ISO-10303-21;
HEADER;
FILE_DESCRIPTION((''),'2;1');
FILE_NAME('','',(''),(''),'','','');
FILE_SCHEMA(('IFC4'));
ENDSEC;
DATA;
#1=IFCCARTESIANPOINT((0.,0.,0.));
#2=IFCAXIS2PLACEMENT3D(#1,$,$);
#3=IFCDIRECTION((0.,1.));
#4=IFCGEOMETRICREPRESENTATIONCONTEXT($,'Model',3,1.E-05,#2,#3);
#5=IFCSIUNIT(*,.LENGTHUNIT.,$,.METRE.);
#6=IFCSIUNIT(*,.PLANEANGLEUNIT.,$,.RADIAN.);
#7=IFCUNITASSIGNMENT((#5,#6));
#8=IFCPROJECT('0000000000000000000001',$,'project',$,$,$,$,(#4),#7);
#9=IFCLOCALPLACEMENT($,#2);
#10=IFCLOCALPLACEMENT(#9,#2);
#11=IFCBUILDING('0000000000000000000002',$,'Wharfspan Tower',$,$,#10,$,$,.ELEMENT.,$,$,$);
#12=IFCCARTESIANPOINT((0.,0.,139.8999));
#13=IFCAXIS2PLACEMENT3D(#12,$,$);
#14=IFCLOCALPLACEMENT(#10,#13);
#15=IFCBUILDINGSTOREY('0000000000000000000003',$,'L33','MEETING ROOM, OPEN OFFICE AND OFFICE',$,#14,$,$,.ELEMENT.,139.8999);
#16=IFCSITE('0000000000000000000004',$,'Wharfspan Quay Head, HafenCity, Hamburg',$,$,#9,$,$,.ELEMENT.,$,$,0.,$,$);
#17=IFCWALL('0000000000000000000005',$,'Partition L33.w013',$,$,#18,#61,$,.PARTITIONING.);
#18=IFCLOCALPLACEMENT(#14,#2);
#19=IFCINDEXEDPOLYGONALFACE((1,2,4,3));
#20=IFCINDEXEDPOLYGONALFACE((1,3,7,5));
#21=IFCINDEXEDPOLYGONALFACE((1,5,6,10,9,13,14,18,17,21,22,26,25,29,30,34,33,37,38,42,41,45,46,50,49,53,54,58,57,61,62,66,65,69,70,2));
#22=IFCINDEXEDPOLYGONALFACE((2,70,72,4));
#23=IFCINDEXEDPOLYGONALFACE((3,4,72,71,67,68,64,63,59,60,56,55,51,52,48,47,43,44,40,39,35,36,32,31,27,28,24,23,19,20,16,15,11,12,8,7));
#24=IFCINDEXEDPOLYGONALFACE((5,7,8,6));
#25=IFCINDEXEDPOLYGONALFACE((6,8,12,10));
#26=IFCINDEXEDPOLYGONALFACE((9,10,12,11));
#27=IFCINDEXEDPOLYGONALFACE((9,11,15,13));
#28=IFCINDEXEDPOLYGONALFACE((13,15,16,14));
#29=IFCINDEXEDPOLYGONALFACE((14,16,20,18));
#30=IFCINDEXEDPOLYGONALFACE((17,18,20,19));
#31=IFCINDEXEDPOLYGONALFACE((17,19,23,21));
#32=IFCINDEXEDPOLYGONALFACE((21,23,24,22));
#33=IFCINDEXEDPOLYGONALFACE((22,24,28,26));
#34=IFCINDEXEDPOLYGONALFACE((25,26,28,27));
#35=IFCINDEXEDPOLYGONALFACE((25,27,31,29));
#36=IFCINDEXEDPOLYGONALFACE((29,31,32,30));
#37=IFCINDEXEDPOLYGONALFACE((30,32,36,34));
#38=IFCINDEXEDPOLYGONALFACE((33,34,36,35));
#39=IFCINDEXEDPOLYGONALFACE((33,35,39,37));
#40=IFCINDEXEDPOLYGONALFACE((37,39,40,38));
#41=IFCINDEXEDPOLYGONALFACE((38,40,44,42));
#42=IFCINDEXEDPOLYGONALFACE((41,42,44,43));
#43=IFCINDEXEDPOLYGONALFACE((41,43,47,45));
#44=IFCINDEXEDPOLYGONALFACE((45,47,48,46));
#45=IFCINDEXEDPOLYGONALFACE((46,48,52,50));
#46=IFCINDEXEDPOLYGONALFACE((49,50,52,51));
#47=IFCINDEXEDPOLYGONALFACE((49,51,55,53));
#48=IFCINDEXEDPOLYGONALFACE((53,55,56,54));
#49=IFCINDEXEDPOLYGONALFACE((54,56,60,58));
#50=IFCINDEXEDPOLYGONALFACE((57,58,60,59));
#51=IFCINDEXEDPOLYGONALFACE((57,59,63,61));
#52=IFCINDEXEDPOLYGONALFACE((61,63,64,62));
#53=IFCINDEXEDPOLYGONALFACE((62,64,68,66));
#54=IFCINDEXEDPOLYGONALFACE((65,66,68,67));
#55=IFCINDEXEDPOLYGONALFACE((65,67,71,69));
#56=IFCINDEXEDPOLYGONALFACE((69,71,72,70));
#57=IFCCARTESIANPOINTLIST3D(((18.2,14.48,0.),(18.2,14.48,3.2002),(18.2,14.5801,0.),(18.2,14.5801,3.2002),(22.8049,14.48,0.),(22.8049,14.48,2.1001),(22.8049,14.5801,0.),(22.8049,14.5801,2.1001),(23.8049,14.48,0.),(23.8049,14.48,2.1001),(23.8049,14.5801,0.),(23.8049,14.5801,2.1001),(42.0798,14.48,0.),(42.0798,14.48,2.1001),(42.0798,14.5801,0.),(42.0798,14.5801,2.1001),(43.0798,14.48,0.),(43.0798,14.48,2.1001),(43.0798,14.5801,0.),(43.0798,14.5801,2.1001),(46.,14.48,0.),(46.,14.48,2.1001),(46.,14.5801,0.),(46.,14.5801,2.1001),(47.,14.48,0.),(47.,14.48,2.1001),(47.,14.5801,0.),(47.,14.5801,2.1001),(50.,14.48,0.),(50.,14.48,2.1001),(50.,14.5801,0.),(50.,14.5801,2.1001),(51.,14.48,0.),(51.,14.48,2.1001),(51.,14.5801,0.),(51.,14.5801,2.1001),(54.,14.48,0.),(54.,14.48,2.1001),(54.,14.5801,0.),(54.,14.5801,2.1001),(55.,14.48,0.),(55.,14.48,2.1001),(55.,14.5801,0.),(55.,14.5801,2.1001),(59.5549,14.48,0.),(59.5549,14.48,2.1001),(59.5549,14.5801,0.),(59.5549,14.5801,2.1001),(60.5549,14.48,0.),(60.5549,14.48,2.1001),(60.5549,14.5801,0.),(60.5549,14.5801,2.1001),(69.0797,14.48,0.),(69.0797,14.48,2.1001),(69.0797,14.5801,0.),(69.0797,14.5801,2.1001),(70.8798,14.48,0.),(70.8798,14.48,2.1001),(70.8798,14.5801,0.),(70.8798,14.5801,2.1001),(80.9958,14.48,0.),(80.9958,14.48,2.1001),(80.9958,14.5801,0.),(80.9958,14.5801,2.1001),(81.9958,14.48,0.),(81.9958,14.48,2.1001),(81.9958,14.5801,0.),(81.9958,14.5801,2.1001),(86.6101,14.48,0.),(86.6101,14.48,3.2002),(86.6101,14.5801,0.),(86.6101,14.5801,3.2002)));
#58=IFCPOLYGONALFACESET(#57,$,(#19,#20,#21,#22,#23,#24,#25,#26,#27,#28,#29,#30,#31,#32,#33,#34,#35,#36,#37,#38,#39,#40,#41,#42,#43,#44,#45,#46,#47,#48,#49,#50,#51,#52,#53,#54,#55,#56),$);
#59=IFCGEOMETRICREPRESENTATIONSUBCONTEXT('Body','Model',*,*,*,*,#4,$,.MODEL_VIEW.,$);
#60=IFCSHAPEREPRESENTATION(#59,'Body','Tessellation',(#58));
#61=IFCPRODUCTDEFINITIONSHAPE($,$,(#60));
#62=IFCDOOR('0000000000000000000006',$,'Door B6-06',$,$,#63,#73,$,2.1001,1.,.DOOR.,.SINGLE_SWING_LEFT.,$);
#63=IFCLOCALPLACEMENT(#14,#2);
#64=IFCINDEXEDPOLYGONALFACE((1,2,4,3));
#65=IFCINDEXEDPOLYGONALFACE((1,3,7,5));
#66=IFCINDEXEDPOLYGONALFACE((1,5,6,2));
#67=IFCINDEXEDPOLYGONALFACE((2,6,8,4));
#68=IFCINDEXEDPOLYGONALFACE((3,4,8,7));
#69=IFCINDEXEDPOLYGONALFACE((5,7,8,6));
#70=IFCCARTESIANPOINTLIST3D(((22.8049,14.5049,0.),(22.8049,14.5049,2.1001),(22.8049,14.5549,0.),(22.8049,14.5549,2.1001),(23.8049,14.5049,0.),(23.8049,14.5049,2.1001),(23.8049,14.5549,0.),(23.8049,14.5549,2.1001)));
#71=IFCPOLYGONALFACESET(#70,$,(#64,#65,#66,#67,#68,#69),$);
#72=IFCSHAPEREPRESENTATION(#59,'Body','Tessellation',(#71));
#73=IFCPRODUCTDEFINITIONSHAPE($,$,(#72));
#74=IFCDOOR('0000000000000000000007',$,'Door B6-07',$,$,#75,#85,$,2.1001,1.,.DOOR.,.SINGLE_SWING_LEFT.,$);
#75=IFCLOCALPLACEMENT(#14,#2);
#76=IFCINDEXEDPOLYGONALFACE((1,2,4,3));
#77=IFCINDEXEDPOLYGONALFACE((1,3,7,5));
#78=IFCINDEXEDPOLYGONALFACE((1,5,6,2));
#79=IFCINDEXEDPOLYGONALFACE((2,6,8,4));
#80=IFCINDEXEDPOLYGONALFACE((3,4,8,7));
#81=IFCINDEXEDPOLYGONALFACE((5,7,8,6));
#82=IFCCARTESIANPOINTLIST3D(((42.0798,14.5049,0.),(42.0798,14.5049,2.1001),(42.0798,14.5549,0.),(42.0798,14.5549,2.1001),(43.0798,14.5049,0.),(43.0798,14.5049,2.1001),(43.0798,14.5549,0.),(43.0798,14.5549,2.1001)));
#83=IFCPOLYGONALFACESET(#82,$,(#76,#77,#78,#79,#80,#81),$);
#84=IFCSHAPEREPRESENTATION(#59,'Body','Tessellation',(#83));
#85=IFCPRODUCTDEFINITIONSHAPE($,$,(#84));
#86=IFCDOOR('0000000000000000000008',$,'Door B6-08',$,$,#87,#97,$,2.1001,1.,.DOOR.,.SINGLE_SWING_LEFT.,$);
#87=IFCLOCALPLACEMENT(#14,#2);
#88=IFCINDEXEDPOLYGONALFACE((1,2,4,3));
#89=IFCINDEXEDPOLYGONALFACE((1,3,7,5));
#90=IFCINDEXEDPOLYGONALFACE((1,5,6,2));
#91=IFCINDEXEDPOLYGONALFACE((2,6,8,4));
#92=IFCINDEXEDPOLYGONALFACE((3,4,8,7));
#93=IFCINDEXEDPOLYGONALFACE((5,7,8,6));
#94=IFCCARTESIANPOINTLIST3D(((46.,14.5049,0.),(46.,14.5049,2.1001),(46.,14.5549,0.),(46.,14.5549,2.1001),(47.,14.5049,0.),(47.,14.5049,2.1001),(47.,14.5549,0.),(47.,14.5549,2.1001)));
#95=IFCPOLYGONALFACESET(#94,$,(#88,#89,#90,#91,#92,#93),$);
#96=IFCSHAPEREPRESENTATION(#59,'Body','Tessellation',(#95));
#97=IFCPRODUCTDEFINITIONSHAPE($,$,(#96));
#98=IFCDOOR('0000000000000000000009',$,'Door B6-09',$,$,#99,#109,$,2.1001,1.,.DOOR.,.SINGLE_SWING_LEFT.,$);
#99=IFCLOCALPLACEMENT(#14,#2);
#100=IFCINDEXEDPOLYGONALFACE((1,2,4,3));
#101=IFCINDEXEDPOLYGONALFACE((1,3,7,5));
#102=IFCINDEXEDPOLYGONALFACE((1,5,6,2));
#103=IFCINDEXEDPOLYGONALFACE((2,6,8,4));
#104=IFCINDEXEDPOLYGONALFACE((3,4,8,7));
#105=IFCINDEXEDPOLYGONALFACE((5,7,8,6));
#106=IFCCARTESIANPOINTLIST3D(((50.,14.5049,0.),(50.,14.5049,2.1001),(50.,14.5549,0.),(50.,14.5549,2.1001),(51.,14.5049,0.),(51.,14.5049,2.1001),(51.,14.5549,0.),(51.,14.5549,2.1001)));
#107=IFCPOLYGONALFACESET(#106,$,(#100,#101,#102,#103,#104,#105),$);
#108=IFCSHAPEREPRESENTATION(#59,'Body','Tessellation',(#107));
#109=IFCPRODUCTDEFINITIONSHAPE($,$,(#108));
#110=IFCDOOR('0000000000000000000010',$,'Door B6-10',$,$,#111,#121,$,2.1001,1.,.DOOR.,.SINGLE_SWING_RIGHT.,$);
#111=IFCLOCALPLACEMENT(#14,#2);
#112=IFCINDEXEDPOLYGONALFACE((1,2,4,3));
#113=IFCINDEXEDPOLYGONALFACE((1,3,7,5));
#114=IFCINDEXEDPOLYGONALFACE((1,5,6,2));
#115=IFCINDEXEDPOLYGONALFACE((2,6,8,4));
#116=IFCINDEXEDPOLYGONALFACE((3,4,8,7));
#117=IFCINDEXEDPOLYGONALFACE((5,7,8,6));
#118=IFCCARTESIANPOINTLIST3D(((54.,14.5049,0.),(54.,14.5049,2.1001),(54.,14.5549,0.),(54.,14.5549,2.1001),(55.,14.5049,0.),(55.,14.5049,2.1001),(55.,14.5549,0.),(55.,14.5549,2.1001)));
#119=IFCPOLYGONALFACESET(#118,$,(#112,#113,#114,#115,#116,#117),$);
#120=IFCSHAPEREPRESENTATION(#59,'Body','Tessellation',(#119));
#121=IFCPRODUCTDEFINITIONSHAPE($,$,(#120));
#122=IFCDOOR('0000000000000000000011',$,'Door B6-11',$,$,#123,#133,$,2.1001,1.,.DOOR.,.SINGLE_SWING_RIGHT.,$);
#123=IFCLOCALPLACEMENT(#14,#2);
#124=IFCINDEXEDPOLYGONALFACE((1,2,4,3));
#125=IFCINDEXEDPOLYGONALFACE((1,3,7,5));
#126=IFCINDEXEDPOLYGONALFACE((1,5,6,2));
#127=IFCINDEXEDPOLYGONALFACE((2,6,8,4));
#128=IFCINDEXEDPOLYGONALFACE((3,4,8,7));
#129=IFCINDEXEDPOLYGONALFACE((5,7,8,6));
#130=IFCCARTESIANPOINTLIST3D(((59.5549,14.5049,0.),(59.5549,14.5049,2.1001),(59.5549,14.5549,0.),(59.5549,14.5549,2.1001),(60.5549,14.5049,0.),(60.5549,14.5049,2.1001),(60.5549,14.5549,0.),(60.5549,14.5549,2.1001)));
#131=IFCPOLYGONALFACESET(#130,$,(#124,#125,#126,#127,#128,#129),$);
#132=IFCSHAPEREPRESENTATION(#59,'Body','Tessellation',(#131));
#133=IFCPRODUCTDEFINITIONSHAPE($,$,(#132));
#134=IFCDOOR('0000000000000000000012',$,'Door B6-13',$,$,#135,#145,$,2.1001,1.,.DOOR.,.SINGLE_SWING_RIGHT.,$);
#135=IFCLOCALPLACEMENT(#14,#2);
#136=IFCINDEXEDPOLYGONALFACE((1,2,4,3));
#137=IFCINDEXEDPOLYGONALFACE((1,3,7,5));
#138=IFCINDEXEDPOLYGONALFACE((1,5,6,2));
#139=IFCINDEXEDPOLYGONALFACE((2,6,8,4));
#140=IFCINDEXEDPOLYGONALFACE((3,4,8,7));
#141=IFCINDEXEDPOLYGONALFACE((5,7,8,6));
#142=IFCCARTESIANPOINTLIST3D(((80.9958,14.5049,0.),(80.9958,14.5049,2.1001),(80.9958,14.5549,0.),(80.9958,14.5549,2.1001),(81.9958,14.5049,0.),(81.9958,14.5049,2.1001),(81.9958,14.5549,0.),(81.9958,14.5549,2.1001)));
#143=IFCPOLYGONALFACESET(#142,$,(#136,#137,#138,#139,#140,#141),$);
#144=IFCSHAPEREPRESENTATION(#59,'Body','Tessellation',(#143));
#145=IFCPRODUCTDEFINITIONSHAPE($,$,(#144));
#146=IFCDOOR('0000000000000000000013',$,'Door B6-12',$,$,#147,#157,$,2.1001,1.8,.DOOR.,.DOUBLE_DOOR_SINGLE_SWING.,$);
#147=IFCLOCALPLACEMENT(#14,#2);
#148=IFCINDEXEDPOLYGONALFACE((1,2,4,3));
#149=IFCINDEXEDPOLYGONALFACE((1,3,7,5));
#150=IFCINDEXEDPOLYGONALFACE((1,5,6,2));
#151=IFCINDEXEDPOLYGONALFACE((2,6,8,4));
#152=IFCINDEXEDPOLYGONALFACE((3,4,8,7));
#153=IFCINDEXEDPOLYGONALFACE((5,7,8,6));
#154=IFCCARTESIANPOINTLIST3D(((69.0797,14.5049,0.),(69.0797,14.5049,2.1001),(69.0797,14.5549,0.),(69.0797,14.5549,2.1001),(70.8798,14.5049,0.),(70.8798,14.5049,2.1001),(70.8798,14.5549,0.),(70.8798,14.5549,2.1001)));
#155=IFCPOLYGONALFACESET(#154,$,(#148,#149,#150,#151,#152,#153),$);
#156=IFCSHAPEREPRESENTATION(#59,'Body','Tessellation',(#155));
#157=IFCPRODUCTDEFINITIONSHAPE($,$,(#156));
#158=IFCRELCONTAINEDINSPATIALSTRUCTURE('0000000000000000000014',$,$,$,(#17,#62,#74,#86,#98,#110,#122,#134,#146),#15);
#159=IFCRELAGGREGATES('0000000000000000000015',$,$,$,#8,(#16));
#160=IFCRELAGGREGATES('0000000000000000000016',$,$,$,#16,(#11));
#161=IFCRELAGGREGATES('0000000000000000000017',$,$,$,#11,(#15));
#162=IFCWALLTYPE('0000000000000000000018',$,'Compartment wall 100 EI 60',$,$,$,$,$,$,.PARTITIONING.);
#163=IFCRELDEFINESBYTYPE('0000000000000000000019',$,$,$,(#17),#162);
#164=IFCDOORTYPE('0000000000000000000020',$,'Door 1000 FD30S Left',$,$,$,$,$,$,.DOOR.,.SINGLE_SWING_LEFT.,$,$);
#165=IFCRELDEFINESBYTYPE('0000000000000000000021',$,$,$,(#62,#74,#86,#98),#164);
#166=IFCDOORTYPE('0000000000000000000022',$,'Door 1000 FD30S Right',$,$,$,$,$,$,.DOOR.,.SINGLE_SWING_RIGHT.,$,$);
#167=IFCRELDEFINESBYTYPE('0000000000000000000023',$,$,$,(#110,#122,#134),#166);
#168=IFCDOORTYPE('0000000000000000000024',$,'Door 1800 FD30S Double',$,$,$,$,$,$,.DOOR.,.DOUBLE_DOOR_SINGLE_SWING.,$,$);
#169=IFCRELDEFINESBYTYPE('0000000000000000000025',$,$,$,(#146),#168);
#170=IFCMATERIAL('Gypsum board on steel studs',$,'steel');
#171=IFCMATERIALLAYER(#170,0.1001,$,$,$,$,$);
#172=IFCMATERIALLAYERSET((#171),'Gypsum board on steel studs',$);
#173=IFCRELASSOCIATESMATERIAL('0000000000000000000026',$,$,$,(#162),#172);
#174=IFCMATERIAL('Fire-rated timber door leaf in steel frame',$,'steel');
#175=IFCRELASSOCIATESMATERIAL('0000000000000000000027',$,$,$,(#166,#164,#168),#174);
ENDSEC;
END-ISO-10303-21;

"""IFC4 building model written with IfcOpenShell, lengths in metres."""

from ifc_helpers import new_model, si_unit, direction, frame, frame_2d, origin, place, context, subcontext, project, spatial, rectangle, extrude, material, layer, layer_set, type_object, element, fill, save


model = new_model("IFC4")

# Units and contexts
model_context = context("Model", 3, precision=1e-05, world=origin(), true_north=direction((0.0, 1.0)))
body_context = subcontext(model_context, "Body", "Model", "MODEL_VIEW")
ifc_project = project(units=[si_unit("LENGTHUNIT", "METRE"), si_unit("PLANEANGLEUNIT", "RADIAN")], contexts=[model_context])

# Site, building, storey
site_placement = place(None, origin())
site = spatial("IfcSite", under=ifc_project, at=site_placement, Name="Wharfspan Quay Head, HafenCity, Hamburg", CompositionType="ELEMENT", RefElevation=0.0)
building_placement = place(site_placement, origin())
building = spatial("IfcBuilding", under=site, at=building_placement, Name="Wharfspan Tower", CompositionType="ELEMENT")
storey_placement = place(building_placement, frame((0.0, 0.0, 139.8999)))
storey = spatial("IfcBuildingStorey", under=building, at=storey_placement, Name="L33", Description="MEETING ROOM, OPEN OFFICE AND OFFICE", CompositionType="ELEMENT", Elevation=139.8999)

# Shared definitions
ifc_material_1 = material(Name="Gypsum board on steel studs", Category="steel")
ifc_layer_1 = layer(ifc_material_1, 0.1001)
ifc_layer_set_1 = layer_set([ifc_layer_1], Name="Gypsum board on steel studs")
wall_type_1 = type_object("IfcWallType", Name="Compartment wall 100 EI 60", PredefinedType="PARTITIONING", material=ifc_layer_set_1)

# Shared definitions
ifc_material_2 = material(Name="Fire-rated timber door leaf in steel frame", Category="steel")
door_type_1 = type_object("IfcDoorType", Name="Door 1000 FD30S Right", OperationType="SINGLE_SWING_RIGHT", PredefinedType="DOOR", material=ifc_material_2)

# Wall, openings, doors
wall_1_placement = place(storey_placement, frame((18.2, 14.53, 0.0), z_axis=(0.0, 0.0, 1.0), x_axis=(1.0, 0.0, 0.0)))
wall_1 = element("IfcWall", 1, at=wall_1_placement, inside=storey, type_object=wall_type_1, Name="Partition L33.w013", PredefinedType="PARTITIONING", context=body_context, shape_type="SweptSolid", body=[
    extrude(rectangle(XDim=68.4102, YDim=0.1001, at=frame_2d((34.2051, 0.0))), origin(), (0.0, 0.0, 1.0), 3.2002),
])
opening_1_placement = place(wall_1_placement, frame((4.605, 0.0, 0.0)))
opening_1 = element("IfcOpeningElement", 2, at=opening_1_placement, cuts=wall_1, PredefinedType="OPENING", context=body_context, shape_type="SweptSolid", body=[
    extrude(rectangle(XDim=1.0, YDim=2.1001, at=frame_2d((0.5, 1.05))), frame((0.0, 0.0601, 0.0), z_axis=(0.0, -1.0, 0.0), x_axis=(1.0, 0.0, 0.0)), (0.0, 0.0, 1.0), 0.1201),
])
opening_2_placement = place(wall_1_placement, frame((23.8799, 0.0, 0.0)))
opening_2 = element("IfcOpeningElement", 3, at=opening_2_placement, cuts=wall_1, PredefinedType="OPENING", context=body_context, shape_type="SweptSolid", body=[
    extrude(rectangle(XDim=1.0, YDim=2.1001, at=frame_2d((0.5, 1.05))), frame((0.0, 0.0601, 0.0), z_axis=(0.0, -1.0, 0.0), x_axis=(1.0, 0.0, 0.0)), (0.0, 0.0, 1.0), 0.1201),
])
opening_3_placement = place(wall_1_placement, frame((27.8, 0.0, 0.0)))
opening_3 = element("IfcOpeningElement", 4, at=opening_3_placement, cuts=wall_1, PredefinedType="OPENING", context=body_context, shape_type="SweptSolid", body=[
    extrude(rectangle(XDim=1.0, YDim=2.1001, at=frame_2d((0.5, 1.05))), frame((0.0, 0.0601, 0.0), z_axis=(0.0, -1.0, 0.0), x_axis=(1.0, 0.0, 0.0)), (0.0, 0.0, 1.0), 0.1201),
])
opening_4_placement = place(wall_1_placement, frame((31.8, 0.0, 0.0)))
opening_4 = element("IfcOpeningElement", 5, at=opening_4_placement, cuts=wall_1, PredefinedType="OPENING", context=body_context, shape_type="SweptSolid", body=[
    extrude(rectangle(XDim=1.0, YDim=2.1001, at=frame_2d((0.5, 1.05))), frame((0.0, 0.0601, 0.0), z_axis=(0.0, -1.0, 0.0), x_axis=(1.0, 0.0, 0.0)), (0.0, 0.0, 1.0), 0.1201),
])
opening_5_placement = place(wall_1_placement, frame((35.8, 0.0, 0.0)))
opening_5 = element("IfcOpeningElement", 6, at=opening_5_placement, cuts=wall_1, PredefinedType="OPENING", context=body_context, shape_type="SweptSolid", body=[
    extrude(rectangle(XDim=1.0, YDim=2.1001, at=frame_2d((0.5, 1.05))), frame((0.0, 0.0601, 0.0), z_axis=(0.0, -1.0, 0.0), x_axis=(1.0, 0.0, 0.0)), (0.0, 0.0, 1.0), 0.1201),
])
opening_6_placement = place(wall_1_placement, frame((41.355, 0.0, 0.0)))
opening_6 = element("IfcOpeningElement", 7, at=opening_6_placement, cuts=wall_1, PredefinedType="OPENING", context=body_context, shape_type="SweptSolid", body=[
    extrude(rectangle(XDim=1.0, YDim=2.1001, at=frame_2d((0.5, 1.05))), frame((0.0, 0.0601, 0.0), z_axis=(0.0, -1.0, 0.0), x_axis=(1.0, 0.0, 0.0)), (0.0, 0.0, 1.0), 0.1201),
])
opening_7_placement = place(wall_1_placement, frame((50.8799, 0.0, 0.0)))
opening_7 = element("IfcOpeningElement", 8, at=opening_7_placement, cuts=wall_1, PredefinedType="OPENING", context=body_context, shape_type="SweptSolid", body=[
    extrude(rectangle(XDim=1.8, YDim=2.1001, at=frame_2d((0.8999, 1.05))), frame((0.0, 0.0601, 0.0), z_axis=(0.0, -1.0, 0.0), x_axis=(1.0, 0.0, 0.0)), (0.0, 0.0, 1.0), 0.1201),
])
opening_8_placement = place(wall_1_placement, frame((62.7959, 0.0, 0.0)))
opening_8 = element("IfcOpeningElement", 9, at=opening_8_placement, cuts=wall_1, PredefinedType="OPENING", context=body_context, shape_type="SweptSolid", body=[
    extrude(rectangle(XDim=1.0, YDim=2.1001, at=frame_2d((0.5, 1.05))), frame((0.0, 0.0601, 0.0), z_axis=(0.0, -1.0, 0.0), x_axis=(1.0, 0.0, 0.0)), (0.0, 0.0, 1.0), 0.1201),
])
door_type_2 = type_object("IfcDoorType", Name="Door 1000 FD30S Left", OperationType="SINGLE_SWING_LEFT", PredefinedType="DOOR", material=ifc_material_2)
door_1_placement = place(opening_1_placement, origin())
door_1 = element("IfcDoor", 10, at=door_1_placement, inside=storey, type_object=door_type_2, Name="Door B6-06", OperationType="SINGLE_SWING_LEFT", OverallHeight=2.1001, OverallWidth=1.0, PredefinedType="DOOR", context=body_context, shape_type="SweptSolid", body=[
    extrude(rectangle(XDim=1.0, YDim=2.1001, at=frame_2d((0.5, 1.05))), frame((0.0, 0.0249, 0.0), z_axis=(0.0, -1.0, 0.0), x_axis=(1.0, 0.0, 0.0)), (0.0, 0.0, 1.0), 0.05),
])
fill(opening_1, door_1)
door_2_placement = place(opening_2_placement, origin())
door_2 = element("IfcDoor", 11, at=door_2_placement, inside=storey, type_object=door_type_2, Name="Door B6-07", OperationType="SINGLE_SWING_LEFT", OverallHeight=2.1001, OverallWidth=1.0, PredefinedType="DOOR", context=body_context, shape_type="SweptSolid", body=[
    extrude(rectangle(XDim=1.0, YDim=2.1001, at=frame_2d((0.5, 1.05))), frame((0.0, 0.0249, 0.0), z_axis=(0.0, -1.0, 0.0), x_axis=(1.0, 0.0, 0.0)), (0.0, 0.0, 1.0), 0.05),
])
fill(opening_2, door_2)
door_3_placement = place(opening_3_placement, origin())
door_3 = element("IfcDoor", 12, at=door_3_placement, inside=storey, type_object=door_type_2, Name="Door B6-08", OperationType="SINGLE_SWING_LEFT", OverallHeight=2.1001, OverallWidth=1.0, PredefinedType="DOOR", context=body_context, shape_type="SweptSolid", body=[
    extrude(rectangle(XDim=1.0, YDim=2.1001, at=frame_2d((0.5, 1.05))), frame((0.0, 0.0249, 0.0), z_axis=(0.0, -1.0, 0.0), x_axis=(1.0, 0.0, 0.0)), (0.0, 0.0, 1.0), 0.05),
])
fill(opening_3, door_3)
door_4_placement = place(opening_4_placement, origin())
door_4 = element("IfcDoor", 13, at=door_4_placement, inside=storey, type_object=door_type_2, Name="Door B6-09", OperationType="SINGLE_SWING_LEFT", OverallHeight=2.1001, OverallWidth=1.0, PredefinedType="DOOR", context=body_context, shape_type="SweptSolid", body=[
    extrude(rectangle(XDim=1.0, YDim=2.1001, at=frame_2d((0.5, 1.05))), frame((0.0, 0.0249, 0.0), z_axis=(0.0, -1.0, 0.0), x_axis=(1.0, 0.0, 0.0)), (0.0, 0.0, 1.0), 0.05),
])
fill(opening_4, door_4)
door_5_placement = place(opening_5_placement, origin())
door_5 = element("IfcDoor", 14, at=door_5_placement, inside=storey, type_object=door_type_1, Name="Door B6-10", OperationType="SINGLE_SWING_RIGHT", OverallHeight=2.1001, OverallWidth=1.0, PredefinedType="DOOR", context=body_context, shape_type="SweptSolid", body=[
    extrude(rectangle(XDim=1.0, YDim=2.1001, at=frame_2d((0.5, 1.05))), frame((0.0, 0.0249, 0.0), z_axis=(0.0, -1.0, 0.0), x_axis=(1.0, 0.0, 0.0)), (0.0, 0.0, 1.0), 0.05),
])
fill(opening_5, door_5)
door_6_placement = place(opening_6_placement, origin())
door_6 = element("IfcDoor", 15, at=door_6_placement, inside=storey, type_object=door_type_1, Name="Door B6-11", OperationType="SINGLE_SWING_RIGHT", OverallHeight=2.1001, OverallWidth=1.0, PredefinedType="DOOR", context=body_context, shape_type="SweptSolid", body=[
    extrude(rectangle(XDim=1.0, YDim=2.1001, at=frame_2d((0.5, 1.05))), frame((0.0, 0.0249, 0.0), z_axis=(0.0, -1.0, 0.0), x_axis=(1.0, 0.0, 0.0)), (0.0, 0.0, 1.0), 0.05),
])
fill(opening_6, door_6)
door_7_placement = place(opening_8_placement, origin())
door_7 = element("IfcDoor", 16, at=door_7_placement, inside=storey, type_object=door_type_1, Name="Door B6-13", OperationType="SINGLE_SWING_RIGHT", OverallHeight=2.1001, OverallWidth=1.0, PredefinedType="DOOR", context=body_context, shape_type="SweptSolid", body=[
    extrude(rectangle(XDim=1.0, YDim=2.1001, at=frame_2d((0.5, 1.05))), frame((0.0, 0.0249, 0.0), z_axis=(0.0, -1.0, 0.0), x_axis=(1.0, 0.0, 0.0)), (0.0, 0.0, 1.0), 0.05),
])
fill(opening_8, door_7)
door_type_3 = type_object("IfcDoorType", Name="Door 1800 FD30S Double", OperationType="DOUBLE_DOOR_SINGLE_SWING", PredefinedType="DOOR", material=ifc_material_2)
door_8_placement = place(opening_7_placement, origin())
door_8 = element("IfcDoor", 17, at=door_8_placement, inside=storey, type_object=door_type_3, Name="Door B6-12", OperationType="DOUBLE_DOOR_SINGLE_SWING", OverallHeight=2.1001, OverallWidth=1.8, PredefinedType="DOOR", context=body_context, shape_type="SweptSolid", body=[
    extrude(rectangle(XDim=1.8, YDim=2.1001, at=frame_2d((0.8999, 1.05))), frame((0.0, 0.0249, 0.0), z_axis=(0.0, -1.0, 0.0), x_axis=(1.0, 0.0, 0.0)), (0.0, 0.0, 1.0), 0.05),
])
fill(opening_7, door_8)

save(model, "model.ifc")
